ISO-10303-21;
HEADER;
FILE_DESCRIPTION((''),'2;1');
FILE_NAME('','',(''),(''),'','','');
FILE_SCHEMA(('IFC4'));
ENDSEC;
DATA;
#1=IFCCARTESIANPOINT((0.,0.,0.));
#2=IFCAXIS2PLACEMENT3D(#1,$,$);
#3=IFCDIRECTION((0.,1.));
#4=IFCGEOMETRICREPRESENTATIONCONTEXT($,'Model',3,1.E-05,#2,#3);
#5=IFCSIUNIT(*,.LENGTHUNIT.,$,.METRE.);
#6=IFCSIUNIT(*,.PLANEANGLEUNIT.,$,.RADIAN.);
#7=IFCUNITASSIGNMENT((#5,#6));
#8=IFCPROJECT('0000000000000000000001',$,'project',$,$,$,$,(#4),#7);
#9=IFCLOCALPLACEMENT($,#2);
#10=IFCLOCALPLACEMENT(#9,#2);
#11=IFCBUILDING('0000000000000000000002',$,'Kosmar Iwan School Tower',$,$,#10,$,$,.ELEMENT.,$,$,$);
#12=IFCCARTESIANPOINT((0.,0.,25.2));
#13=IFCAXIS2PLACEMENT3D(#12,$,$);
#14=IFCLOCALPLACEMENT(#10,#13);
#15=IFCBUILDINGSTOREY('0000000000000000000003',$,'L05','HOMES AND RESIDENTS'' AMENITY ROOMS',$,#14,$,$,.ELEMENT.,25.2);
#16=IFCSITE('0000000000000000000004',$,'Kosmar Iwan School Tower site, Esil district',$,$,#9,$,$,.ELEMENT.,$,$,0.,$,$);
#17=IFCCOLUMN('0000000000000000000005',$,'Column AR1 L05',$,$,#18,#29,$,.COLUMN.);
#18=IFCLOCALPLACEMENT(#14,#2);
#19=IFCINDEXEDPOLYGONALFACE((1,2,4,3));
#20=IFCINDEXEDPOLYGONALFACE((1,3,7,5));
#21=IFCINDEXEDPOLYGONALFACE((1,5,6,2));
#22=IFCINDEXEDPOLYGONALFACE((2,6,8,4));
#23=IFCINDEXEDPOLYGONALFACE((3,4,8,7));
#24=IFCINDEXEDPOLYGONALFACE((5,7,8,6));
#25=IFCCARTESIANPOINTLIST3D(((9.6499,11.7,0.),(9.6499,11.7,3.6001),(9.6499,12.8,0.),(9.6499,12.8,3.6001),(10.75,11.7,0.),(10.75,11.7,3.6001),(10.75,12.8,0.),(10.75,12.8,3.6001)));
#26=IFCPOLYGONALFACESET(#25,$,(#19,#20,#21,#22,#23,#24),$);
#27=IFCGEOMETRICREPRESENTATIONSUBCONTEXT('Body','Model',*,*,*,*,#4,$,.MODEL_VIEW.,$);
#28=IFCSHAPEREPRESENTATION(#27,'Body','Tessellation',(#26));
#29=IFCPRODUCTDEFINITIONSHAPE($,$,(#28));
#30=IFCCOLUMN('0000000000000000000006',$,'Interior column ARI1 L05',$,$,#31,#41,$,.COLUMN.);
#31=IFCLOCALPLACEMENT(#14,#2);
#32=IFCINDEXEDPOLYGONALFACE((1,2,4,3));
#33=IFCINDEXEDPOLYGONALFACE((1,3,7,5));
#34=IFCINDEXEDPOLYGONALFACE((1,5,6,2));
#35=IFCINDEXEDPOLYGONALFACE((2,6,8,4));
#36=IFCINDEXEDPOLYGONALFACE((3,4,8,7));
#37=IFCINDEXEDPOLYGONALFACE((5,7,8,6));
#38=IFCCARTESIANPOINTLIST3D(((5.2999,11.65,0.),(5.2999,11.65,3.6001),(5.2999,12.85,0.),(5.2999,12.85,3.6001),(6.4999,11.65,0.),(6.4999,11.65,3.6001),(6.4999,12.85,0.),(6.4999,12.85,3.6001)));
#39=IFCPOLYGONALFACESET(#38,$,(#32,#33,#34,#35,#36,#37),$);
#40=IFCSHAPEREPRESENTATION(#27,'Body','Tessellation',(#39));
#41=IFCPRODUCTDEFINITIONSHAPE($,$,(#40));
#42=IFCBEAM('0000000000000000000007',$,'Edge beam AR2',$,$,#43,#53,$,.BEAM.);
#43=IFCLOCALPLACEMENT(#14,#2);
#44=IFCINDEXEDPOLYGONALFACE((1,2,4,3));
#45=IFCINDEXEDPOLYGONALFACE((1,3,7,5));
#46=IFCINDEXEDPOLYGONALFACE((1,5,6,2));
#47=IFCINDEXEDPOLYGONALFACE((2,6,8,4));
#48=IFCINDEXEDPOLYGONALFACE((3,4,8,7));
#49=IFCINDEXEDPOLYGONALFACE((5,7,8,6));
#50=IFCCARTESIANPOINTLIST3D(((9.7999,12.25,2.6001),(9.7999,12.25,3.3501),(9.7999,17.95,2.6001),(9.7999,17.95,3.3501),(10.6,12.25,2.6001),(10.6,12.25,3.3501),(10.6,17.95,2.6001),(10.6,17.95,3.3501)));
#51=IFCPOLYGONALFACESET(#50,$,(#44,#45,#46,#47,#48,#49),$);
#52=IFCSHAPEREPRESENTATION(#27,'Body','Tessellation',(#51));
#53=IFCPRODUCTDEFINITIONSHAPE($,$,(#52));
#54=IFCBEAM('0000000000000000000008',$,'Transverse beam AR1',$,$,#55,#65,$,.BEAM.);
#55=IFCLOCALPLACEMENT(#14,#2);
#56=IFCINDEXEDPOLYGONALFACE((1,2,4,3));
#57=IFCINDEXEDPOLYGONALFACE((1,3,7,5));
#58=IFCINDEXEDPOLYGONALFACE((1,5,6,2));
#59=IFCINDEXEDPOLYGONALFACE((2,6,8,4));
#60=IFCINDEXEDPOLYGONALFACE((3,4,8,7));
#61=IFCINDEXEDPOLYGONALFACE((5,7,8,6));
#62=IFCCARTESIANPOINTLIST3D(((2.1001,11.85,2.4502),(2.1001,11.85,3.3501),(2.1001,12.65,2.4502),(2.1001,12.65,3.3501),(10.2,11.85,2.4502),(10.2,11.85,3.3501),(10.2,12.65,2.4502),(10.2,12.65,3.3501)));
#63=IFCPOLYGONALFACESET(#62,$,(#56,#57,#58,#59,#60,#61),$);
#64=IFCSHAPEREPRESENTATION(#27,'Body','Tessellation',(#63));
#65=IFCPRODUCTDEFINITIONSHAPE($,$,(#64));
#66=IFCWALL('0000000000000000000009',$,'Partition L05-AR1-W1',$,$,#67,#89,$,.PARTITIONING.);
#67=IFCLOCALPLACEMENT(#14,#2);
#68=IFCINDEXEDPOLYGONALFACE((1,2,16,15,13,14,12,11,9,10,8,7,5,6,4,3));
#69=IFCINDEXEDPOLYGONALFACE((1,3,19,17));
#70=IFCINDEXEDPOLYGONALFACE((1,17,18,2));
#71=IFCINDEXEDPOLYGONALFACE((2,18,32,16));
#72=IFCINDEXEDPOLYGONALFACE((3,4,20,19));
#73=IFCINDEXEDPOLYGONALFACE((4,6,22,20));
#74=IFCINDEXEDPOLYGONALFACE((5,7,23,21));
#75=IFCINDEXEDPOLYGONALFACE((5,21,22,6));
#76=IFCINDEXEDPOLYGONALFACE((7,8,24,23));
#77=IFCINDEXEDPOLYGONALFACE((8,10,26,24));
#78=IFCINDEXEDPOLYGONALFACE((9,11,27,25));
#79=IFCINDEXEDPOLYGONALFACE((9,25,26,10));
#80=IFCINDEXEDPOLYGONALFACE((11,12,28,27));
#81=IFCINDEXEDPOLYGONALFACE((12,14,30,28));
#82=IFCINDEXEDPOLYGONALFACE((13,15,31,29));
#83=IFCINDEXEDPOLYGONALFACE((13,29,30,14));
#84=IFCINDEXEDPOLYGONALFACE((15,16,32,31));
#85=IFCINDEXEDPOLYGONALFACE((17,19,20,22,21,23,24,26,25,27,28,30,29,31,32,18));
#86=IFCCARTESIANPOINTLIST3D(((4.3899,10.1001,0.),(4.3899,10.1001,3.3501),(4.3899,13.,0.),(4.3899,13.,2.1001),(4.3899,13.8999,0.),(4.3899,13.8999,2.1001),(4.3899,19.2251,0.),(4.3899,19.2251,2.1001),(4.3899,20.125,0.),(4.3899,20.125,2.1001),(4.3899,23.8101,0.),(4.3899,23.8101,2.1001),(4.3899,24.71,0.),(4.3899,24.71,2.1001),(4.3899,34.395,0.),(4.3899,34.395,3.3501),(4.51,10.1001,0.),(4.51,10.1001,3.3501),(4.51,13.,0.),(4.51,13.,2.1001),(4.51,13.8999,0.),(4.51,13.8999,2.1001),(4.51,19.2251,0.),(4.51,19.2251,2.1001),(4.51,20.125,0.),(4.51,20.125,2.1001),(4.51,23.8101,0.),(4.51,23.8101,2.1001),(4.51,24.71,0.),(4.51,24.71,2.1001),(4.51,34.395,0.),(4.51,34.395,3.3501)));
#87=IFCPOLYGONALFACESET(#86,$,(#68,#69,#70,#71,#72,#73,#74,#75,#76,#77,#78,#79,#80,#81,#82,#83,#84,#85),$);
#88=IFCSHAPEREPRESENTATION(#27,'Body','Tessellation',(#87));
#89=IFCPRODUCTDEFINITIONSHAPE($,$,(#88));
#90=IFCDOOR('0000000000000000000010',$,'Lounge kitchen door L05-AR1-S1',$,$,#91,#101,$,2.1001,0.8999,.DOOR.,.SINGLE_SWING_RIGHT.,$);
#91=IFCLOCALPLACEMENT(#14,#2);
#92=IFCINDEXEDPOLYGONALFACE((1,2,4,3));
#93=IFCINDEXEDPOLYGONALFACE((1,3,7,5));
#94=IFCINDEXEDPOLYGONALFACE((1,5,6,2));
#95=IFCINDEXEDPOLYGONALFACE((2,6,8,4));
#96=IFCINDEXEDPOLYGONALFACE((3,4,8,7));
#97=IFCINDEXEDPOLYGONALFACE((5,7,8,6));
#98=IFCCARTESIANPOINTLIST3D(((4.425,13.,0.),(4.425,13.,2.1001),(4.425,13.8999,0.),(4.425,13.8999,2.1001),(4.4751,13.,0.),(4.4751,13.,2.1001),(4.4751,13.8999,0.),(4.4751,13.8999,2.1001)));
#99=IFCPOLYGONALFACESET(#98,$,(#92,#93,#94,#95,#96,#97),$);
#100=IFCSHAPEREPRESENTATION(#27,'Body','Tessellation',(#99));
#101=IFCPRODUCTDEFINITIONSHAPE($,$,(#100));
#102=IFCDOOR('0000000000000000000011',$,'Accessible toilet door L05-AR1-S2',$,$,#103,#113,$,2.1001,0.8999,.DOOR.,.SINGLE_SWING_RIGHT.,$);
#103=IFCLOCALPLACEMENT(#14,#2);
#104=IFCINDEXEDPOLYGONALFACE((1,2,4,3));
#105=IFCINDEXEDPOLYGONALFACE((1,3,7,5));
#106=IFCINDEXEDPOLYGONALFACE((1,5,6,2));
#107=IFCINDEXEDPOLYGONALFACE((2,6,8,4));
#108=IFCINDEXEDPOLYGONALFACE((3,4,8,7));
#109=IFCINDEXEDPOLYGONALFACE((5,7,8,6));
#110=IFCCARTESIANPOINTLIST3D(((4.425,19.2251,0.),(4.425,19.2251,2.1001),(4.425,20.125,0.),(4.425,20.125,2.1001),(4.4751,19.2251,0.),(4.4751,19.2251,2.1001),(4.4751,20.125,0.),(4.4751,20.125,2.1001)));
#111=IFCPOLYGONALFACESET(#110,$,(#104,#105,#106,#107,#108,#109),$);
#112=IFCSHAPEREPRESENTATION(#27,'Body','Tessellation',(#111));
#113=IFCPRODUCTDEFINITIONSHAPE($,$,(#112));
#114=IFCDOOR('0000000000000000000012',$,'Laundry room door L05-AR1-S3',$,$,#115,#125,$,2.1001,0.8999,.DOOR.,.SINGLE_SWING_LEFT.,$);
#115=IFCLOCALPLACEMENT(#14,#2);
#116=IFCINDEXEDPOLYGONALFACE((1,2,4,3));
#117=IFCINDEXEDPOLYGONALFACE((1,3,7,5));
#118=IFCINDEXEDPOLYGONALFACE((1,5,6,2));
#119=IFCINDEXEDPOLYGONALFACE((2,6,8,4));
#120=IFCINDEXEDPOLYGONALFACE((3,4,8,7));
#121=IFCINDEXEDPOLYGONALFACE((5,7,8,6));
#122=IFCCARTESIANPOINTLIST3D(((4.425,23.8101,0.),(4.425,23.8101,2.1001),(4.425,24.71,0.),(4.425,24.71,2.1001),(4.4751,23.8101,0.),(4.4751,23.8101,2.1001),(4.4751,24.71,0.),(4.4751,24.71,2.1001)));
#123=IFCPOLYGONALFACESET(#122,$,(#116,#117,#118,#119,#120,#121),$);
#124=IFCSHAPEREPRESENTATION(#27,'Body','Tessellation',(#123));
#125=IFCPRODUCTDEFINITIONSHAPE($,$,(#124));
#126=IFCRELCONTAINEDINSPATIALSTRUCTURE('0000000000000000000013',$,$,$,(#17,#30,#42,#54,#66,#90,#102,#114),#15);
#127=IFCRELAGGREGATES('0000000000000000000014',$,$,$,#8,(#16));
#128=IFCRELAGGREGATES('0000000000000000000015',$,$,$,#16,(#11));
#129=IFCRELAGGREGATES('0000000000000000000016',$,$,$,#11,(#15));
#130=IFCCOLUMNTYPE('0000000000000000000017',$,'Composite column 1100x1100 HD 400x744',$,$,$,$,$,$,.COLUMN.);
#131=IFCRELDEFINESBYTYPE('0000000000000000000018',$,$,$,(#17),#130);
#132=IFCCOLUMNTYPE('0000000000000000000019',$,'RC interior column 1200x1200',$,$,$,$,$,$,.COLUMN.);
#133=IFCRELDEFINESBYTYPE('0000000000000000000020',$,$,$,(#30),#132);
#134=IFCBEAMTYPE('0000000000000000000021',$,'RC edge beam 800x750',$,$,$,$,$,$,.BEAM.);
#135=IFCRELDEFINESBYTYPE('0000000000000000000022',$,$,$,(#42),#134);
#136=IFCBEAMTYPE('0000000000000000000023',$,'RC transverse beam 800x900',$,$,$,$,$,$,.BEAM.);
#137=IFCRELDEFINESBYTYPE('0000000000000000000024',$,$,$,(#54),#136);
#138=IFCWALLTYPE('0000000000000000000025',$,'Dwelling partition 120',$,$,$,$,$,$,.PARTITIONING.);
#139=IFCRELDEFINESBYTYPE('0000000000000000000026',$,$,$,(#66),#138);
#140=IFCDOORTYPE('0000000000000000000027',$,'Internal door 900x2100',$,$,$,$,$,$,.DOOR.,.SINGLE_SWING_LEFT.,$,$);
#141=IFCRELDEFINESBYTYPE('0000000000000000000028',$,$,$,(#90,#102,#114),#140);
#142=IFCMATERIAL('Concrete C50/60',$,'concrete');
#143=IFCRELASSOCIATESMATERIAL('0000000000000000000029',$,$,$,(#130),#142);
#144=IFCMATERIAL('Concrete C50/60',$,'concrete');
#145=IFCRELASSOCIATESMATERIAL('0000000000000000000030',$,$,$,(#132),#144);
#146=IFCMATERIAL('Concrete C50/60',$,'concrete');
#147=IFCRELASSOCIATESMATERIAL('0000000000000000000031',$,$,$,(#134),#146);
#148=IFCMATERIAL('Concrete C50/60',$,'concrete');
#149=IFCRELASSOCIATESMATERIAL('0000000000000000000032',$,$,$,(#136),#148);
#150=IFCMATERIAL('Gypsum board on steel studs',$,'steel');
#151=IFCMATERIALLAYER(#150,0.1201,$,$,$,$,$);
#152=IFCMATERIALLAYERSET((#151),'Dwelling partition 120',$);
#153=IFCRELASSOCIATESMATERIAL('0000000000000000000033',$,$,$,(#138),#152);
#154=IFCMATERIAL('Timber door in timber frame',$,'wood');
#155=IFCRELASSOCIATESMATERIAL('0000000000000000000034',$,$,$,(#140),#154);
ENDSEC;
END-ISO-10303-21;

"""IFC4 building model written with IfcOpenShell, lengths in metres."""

from ifc_helpers import new_model, si_unit, direction, frame, frame_2d, origin, origin_2d, place, context, subcontext, project, spatial, rectangle, extrude, material, layer, layer_set, material_profile, profile_set, type_object, element, fill, save


model = new_model("IFC4")

# Units and contexts
model_context = context("Model", 3, precision=1e-05, world=origin(), true_north=direction((0.0, 1.0)))
body_context = subcontext(model_context, "Body", "Model", "MODEL_VIEW")
ifc_project = project(units=[si_unit("LENGTHUNIT", "METRE"), si_unit("PLANEANGLEUNIT", "RADIAN")], contexts=[model_context])

# Site, building, storey
site_placement = place(None, origin())
site = spatial("IfcSite", under=ifc_project, at=site_placement, Name="Kosmar Iwan School Tower site, Esil district", CompositionType="ELEMENT", RefElevation=0.0)
building_placement = place(site_placement, origin())
building = spatial("IfcBuilding", under=site, at=building_placement, Name="Kosmar Iwan School Tower", CompositionType="ELEMENT")
storey_placement = place(building_placement, frame((0.0, 0.0, 25.2)))
storey = spatial("IfcBuildingStorey", under=building, at=storey_placement, Name="L05", Description="HOMES AND RESIDENTS' AMENITY ROOMS", CompositionType="ELEMENT", Elevation=25.2)

# Columns
ifc_material_1 = material(Name="Concrete C50/60", Category="concrete")
ifc_material_profile_1 = material_profile(ifc_material_1, rectangle(XDim=1.1001, YDim=1.1001, at=origin_2d()), Name="RC 1100x1100 + HD 400x744")
ifc_profile_set_1 = profile_set([ifc_material_profile_1], Name="Concrete C50/60")
column_type_1 = type_object("IfcColumnType", Name="Composite column 1100x1100 HD 400x744", PredefinedType="COLUMN", material=ifc_profile_set_1)
column_1_placement = place(storey_placement, frame((10.2, 12.25, 0.0), z_axis=(0.0, 0.0, 1.0), x_axis=(0.0, 1.0, 0.0)))
element("IfcColumn", 1, at=column_1_placement, inside=storey, type_object=column_type_1, Name="Column AR1 L05", PredefinedType="COLUMN", context=body_context, shape_type="SweptSolid", body=[
    extrude(rectangle(XDim=1.1001, YDim=1.1001, at=origin_2d()), origin(), (0.0, 0.0, 1.0), 3.6001),
])
ifc_material_2 = material(Name="Concrete C50/60", Category="concrete")
ifc_material_profile_2 = material_profile(ifc_material_2, rectangle(XDim=1.2, YDim=1.2, at=origin_2d()), Name="RC 1200x1200")
ifc_profile_set_2 = profile_set([ifc_material_profile_2], Name="Concrete C50/60")
column_type_2 = type_object("IfcColumnType", Name="RC interior column 1200x1200", PredefinedType="COLUMN", material=ifc_profile_set_2)
column_2_placement = place(storey_placement, frame((5.8999, 12.25, 0.0), z_axis=(0.0, 0.0, 1.0), x_axis=(0.0, 1.0, 0.0)))
element("IfcColumn", 2, at=column_2_placement, inside=storey, type_object=column_type_2, Name="Interior column ARI1 L05", PredefinedType="COLUMN", context=body_context, shape_type="SweptSolid", body=[
    extrude(rectangle(XDim=1.2, YDim=1.2, at=origin_2d()), origin(), (0.0, 0.0, 1.0), 3.6001),
])

# Beams
ifc_material_3 = material(Name="Concrete C50/60", Category="concrete")
ifc_material_profile_3 = material_profile(ifc_material_3, rectangle(XDim=0.8, YDim=0.75, at=origin_2d()), Name="RC 800x750")
ifc_profile_set_3 = profile_set([ifc_material_profile_3], Name="Concrete C50/60")
beam_type_1 = type_object("IfcBeamType", Name="RC edge beam 800x750", PredefinedType="BEAM", material=ifc_profile_set_3)
beam_1_placement = place(storey_placement, frame((10.2, 12.25, 2.9751), z_axis=(0.0, 1.0, 0.0), x_axis=(-1.0, 0.0, 0.0)))
element("IfcBeam", 3, at=beam_1_placement, inside=storey, type_object=beam_type_1, Name="Edge beam AR2", PredefinedType="BEAM", context=body_context, shape_type="SweptSolid", body=[
    extrude(rectangle(XDim=0.8, YDim=0.75, at=origin_2d()), origin(), (0.0, 0.0, 1.0), 5.7),
])
ifc_material_4 = material(Name="Concrete C50/60", Category="concrete")
ifc_material_profile_4 = material_profile(ifc_material_4, rectangle(XDim=0.8, YDim=0.8999, at=origin_2d()), Name="RC 800x900")
ifc_profile_set_4 = profile_set([ifc_material_profile_4], Name="Concrete C50/60")
beam_type_2 = type_object("IfcBeamType", Name="RC transverse beam 800x900", PredefinedType="BEAM", material=ifc_profile_set_4)
beam_2_placement = place(storey_placement, frame((10.2, 12.25, 2.9001), z_axis=(-1.0, 0.0, 0.0), x_axis=(0.0, -1.0, 0.0)))
element("IfcBeam", 4, at=beam_2_placement, inside=storey, type_object=beam_type_2, Name="Transverse beam AR1", PredefinedType="BEAM", context=body_context, shape_type="SweptSolid", body=[
    extrude(rectangle(XDim=0.8, YDim=0.8999, at=origin_2d()), origin(), (0.0, 0.0, 1.0), 8.0999),
])

# Wall, openings, doors
ifc_material_5 = material(Name="Gypsum board on steel studs", Category="steel")
ifc_layer = layer(ifc_material_5, 0.1201)
ifc_layer_set = layer_set([ifc_layer], Name="Dwelling partition 120")
wall_type = type_object("IfcWallType", Name="Dwelling partition 120", PredefinedType="PARTITIONING", material=ifc_layer_set)
wall_1_placement = place(storey_placement, frame((4.45, 10.1001, 0.0), z_axis=(0.0, 0.0, 1.0), x_axis=(0.0, 1.0, 0.0)))
wall_1 = element("IfcWall", 5, at=wall_1_placement, inside=storey, type_object=wall_type, Name="Partition L05-AR1-W1", PredefinedType="PARTITIONING", context=body_context, shape_type="SweptSolid", body=[
    extrude(rectangle(XDim=24.2949, YDim=0.1201, at=frame_2d((12.1475, 0.0))), origin(), (0.0, 0.0, 1.0), 3.3501),
])
opening_1_placement = place(wall_1_placement, frame((2.8999, 0.0, 0.0)))
opening_1 = element("IfcOpeningElement", 6, at=opening_1_placement, cuts=wall_1, PredefinedType="OPENING", context=body_context, shape_type="SweptSolid", body=[
    extrude(rectangle(XDim=0.8999, YDim=2.1001, at=frame_2d((0.45, 1.05))), frame((0.0, 0.072, 0.0), z_axis=(0.0, -1.0, 0.0), x_axis=(1.0, 0.0, 0.0)), (0.0, 0.0, 1.0), 0.144),
])
opening_2_placement = place(wall_1_placement, frame((9.125, 0.0, 0.0)))
opening_2 = element("IfcOpeningElement", 7, at=opening_2_placement, cuts=wall_1, PredefinedType="OPENING", context=body_context, shape_type="SweptSolid", body=[
    extrude(rectangle(XDim=0.8999, YDim=2.1001, at=frame_2d((0.45, 1.05))), frame((0.0, 0.072, 0.0), z_axis=(0.0, -1.0, 0.0), x_axis=(1.0, 0.0, 0.0)), (0.0, 0.0, 1.0), 0.144),
])
opening_3_placement = place(wall_1_placement, frame((13.71, 0.0, 0.0)))
opening_3 = element("IfcOpeningElement", 8, at=opening_3_placement, cuts=wall_1, PredefinedType="OPENING", context=body_context, shape_type="SweptSolid", body=[
    extrude(rectangle(XDim=0.8999, YDim=2.1001, at=frame_2d((0.45, 1.05))), frame((0.0, 0.072, 0.0), z_axis=(0.0, -1.0, 0.0), x_axis=(1.0, 0.0, 0.0)), (0.0, 0.0, 1.0), 0.144),
])
ifc_material_6 = material(Name="Timber door in timber frame", Category="wood")
door_type = type_object("IfcDoorType", Name="Internal door 900x2100", OperationType="SINGLE_SWING_LEFT", PredefinedType="DOOR", material=ifc_material_6)
door_1_placement = place(opening_1_placement, origin())
door_1 = element("IfcDoor", 9, at=door_1_placement, inside=storey, type_object=door_type, Name="Lounge kitchen door L05-AR1-S1", OperationType="SINGLE_SWING_RIGHT", OverallHeight=2.1001, OverallWidth=0.8999, PredefinedType="DOOR", context=body_context, shape_type="SweptSolid", body=[
    extrude(rectangle(XDim=0.8999, YDim=2.1001, at=frame_2d((0.45, 1.05))), frame((0.0, 0.0249, 0.0), z_axis=(0.0, -1.0, 0.0), x_axis=(1.0, 0.0, 0.0)), (0.0, 0.0, 1.0), 0.05),
])
fill(opening_1, door_1)
door_2_placement = place(opening_2_placement, origin())
door_2 = element("IfcDoor", 10, at=door_2_placement, inside=storey, type_object=door_type, Name="Accessible toilet door L05-AR1-S2", OperationType="SINGLE_SWING_RIGHT", OverallHeight=2.1001, OverallWidth=0.8999, PredefinedType="DOOR", context=body_context, shape_type="SweptSolid", body=[
    extrude(rectangle(XDim=0.8999, YDim=2.1001, at=frame_2d((0.45, 1.05))), frame((0.0, 0.0249, 0.0), z_axis=(0.0, -1.0, 0.0), x_axis=(1.0, 0.0, 0.0)), (0.0, 0.0, 1.0), 0.05),
])
fill(opening_2, door_2)
door_3_placement = place(opening_3_placement, origin())
door_3 = element("IfcDoor", 11, at=door_3_placement, inside=storey, type_object=door_type, Name="Laundry room door L05-AR1-S3", OperationType="SINGLE_SWING_LEFT", OverallHeight=2.1001, OverallWidth=0.8999, PredefinedType="DOOR", context=body_context, shape_type="SweptSolid", body=[
    extrude(rectangle(XDim=0.8999, YDim=2.1001, at=frame_2d((0.45, 1.05))), frame((0.0, 0.0249, 0.0), z_axis=(0.0, -1.0, 0.0), x_axis=(1.0, 0.0, 0.0)), (0.0, 0.0, 1.0), 0.05),
])
fill(opening_3, door_3)

save(model, "model.ifc")
